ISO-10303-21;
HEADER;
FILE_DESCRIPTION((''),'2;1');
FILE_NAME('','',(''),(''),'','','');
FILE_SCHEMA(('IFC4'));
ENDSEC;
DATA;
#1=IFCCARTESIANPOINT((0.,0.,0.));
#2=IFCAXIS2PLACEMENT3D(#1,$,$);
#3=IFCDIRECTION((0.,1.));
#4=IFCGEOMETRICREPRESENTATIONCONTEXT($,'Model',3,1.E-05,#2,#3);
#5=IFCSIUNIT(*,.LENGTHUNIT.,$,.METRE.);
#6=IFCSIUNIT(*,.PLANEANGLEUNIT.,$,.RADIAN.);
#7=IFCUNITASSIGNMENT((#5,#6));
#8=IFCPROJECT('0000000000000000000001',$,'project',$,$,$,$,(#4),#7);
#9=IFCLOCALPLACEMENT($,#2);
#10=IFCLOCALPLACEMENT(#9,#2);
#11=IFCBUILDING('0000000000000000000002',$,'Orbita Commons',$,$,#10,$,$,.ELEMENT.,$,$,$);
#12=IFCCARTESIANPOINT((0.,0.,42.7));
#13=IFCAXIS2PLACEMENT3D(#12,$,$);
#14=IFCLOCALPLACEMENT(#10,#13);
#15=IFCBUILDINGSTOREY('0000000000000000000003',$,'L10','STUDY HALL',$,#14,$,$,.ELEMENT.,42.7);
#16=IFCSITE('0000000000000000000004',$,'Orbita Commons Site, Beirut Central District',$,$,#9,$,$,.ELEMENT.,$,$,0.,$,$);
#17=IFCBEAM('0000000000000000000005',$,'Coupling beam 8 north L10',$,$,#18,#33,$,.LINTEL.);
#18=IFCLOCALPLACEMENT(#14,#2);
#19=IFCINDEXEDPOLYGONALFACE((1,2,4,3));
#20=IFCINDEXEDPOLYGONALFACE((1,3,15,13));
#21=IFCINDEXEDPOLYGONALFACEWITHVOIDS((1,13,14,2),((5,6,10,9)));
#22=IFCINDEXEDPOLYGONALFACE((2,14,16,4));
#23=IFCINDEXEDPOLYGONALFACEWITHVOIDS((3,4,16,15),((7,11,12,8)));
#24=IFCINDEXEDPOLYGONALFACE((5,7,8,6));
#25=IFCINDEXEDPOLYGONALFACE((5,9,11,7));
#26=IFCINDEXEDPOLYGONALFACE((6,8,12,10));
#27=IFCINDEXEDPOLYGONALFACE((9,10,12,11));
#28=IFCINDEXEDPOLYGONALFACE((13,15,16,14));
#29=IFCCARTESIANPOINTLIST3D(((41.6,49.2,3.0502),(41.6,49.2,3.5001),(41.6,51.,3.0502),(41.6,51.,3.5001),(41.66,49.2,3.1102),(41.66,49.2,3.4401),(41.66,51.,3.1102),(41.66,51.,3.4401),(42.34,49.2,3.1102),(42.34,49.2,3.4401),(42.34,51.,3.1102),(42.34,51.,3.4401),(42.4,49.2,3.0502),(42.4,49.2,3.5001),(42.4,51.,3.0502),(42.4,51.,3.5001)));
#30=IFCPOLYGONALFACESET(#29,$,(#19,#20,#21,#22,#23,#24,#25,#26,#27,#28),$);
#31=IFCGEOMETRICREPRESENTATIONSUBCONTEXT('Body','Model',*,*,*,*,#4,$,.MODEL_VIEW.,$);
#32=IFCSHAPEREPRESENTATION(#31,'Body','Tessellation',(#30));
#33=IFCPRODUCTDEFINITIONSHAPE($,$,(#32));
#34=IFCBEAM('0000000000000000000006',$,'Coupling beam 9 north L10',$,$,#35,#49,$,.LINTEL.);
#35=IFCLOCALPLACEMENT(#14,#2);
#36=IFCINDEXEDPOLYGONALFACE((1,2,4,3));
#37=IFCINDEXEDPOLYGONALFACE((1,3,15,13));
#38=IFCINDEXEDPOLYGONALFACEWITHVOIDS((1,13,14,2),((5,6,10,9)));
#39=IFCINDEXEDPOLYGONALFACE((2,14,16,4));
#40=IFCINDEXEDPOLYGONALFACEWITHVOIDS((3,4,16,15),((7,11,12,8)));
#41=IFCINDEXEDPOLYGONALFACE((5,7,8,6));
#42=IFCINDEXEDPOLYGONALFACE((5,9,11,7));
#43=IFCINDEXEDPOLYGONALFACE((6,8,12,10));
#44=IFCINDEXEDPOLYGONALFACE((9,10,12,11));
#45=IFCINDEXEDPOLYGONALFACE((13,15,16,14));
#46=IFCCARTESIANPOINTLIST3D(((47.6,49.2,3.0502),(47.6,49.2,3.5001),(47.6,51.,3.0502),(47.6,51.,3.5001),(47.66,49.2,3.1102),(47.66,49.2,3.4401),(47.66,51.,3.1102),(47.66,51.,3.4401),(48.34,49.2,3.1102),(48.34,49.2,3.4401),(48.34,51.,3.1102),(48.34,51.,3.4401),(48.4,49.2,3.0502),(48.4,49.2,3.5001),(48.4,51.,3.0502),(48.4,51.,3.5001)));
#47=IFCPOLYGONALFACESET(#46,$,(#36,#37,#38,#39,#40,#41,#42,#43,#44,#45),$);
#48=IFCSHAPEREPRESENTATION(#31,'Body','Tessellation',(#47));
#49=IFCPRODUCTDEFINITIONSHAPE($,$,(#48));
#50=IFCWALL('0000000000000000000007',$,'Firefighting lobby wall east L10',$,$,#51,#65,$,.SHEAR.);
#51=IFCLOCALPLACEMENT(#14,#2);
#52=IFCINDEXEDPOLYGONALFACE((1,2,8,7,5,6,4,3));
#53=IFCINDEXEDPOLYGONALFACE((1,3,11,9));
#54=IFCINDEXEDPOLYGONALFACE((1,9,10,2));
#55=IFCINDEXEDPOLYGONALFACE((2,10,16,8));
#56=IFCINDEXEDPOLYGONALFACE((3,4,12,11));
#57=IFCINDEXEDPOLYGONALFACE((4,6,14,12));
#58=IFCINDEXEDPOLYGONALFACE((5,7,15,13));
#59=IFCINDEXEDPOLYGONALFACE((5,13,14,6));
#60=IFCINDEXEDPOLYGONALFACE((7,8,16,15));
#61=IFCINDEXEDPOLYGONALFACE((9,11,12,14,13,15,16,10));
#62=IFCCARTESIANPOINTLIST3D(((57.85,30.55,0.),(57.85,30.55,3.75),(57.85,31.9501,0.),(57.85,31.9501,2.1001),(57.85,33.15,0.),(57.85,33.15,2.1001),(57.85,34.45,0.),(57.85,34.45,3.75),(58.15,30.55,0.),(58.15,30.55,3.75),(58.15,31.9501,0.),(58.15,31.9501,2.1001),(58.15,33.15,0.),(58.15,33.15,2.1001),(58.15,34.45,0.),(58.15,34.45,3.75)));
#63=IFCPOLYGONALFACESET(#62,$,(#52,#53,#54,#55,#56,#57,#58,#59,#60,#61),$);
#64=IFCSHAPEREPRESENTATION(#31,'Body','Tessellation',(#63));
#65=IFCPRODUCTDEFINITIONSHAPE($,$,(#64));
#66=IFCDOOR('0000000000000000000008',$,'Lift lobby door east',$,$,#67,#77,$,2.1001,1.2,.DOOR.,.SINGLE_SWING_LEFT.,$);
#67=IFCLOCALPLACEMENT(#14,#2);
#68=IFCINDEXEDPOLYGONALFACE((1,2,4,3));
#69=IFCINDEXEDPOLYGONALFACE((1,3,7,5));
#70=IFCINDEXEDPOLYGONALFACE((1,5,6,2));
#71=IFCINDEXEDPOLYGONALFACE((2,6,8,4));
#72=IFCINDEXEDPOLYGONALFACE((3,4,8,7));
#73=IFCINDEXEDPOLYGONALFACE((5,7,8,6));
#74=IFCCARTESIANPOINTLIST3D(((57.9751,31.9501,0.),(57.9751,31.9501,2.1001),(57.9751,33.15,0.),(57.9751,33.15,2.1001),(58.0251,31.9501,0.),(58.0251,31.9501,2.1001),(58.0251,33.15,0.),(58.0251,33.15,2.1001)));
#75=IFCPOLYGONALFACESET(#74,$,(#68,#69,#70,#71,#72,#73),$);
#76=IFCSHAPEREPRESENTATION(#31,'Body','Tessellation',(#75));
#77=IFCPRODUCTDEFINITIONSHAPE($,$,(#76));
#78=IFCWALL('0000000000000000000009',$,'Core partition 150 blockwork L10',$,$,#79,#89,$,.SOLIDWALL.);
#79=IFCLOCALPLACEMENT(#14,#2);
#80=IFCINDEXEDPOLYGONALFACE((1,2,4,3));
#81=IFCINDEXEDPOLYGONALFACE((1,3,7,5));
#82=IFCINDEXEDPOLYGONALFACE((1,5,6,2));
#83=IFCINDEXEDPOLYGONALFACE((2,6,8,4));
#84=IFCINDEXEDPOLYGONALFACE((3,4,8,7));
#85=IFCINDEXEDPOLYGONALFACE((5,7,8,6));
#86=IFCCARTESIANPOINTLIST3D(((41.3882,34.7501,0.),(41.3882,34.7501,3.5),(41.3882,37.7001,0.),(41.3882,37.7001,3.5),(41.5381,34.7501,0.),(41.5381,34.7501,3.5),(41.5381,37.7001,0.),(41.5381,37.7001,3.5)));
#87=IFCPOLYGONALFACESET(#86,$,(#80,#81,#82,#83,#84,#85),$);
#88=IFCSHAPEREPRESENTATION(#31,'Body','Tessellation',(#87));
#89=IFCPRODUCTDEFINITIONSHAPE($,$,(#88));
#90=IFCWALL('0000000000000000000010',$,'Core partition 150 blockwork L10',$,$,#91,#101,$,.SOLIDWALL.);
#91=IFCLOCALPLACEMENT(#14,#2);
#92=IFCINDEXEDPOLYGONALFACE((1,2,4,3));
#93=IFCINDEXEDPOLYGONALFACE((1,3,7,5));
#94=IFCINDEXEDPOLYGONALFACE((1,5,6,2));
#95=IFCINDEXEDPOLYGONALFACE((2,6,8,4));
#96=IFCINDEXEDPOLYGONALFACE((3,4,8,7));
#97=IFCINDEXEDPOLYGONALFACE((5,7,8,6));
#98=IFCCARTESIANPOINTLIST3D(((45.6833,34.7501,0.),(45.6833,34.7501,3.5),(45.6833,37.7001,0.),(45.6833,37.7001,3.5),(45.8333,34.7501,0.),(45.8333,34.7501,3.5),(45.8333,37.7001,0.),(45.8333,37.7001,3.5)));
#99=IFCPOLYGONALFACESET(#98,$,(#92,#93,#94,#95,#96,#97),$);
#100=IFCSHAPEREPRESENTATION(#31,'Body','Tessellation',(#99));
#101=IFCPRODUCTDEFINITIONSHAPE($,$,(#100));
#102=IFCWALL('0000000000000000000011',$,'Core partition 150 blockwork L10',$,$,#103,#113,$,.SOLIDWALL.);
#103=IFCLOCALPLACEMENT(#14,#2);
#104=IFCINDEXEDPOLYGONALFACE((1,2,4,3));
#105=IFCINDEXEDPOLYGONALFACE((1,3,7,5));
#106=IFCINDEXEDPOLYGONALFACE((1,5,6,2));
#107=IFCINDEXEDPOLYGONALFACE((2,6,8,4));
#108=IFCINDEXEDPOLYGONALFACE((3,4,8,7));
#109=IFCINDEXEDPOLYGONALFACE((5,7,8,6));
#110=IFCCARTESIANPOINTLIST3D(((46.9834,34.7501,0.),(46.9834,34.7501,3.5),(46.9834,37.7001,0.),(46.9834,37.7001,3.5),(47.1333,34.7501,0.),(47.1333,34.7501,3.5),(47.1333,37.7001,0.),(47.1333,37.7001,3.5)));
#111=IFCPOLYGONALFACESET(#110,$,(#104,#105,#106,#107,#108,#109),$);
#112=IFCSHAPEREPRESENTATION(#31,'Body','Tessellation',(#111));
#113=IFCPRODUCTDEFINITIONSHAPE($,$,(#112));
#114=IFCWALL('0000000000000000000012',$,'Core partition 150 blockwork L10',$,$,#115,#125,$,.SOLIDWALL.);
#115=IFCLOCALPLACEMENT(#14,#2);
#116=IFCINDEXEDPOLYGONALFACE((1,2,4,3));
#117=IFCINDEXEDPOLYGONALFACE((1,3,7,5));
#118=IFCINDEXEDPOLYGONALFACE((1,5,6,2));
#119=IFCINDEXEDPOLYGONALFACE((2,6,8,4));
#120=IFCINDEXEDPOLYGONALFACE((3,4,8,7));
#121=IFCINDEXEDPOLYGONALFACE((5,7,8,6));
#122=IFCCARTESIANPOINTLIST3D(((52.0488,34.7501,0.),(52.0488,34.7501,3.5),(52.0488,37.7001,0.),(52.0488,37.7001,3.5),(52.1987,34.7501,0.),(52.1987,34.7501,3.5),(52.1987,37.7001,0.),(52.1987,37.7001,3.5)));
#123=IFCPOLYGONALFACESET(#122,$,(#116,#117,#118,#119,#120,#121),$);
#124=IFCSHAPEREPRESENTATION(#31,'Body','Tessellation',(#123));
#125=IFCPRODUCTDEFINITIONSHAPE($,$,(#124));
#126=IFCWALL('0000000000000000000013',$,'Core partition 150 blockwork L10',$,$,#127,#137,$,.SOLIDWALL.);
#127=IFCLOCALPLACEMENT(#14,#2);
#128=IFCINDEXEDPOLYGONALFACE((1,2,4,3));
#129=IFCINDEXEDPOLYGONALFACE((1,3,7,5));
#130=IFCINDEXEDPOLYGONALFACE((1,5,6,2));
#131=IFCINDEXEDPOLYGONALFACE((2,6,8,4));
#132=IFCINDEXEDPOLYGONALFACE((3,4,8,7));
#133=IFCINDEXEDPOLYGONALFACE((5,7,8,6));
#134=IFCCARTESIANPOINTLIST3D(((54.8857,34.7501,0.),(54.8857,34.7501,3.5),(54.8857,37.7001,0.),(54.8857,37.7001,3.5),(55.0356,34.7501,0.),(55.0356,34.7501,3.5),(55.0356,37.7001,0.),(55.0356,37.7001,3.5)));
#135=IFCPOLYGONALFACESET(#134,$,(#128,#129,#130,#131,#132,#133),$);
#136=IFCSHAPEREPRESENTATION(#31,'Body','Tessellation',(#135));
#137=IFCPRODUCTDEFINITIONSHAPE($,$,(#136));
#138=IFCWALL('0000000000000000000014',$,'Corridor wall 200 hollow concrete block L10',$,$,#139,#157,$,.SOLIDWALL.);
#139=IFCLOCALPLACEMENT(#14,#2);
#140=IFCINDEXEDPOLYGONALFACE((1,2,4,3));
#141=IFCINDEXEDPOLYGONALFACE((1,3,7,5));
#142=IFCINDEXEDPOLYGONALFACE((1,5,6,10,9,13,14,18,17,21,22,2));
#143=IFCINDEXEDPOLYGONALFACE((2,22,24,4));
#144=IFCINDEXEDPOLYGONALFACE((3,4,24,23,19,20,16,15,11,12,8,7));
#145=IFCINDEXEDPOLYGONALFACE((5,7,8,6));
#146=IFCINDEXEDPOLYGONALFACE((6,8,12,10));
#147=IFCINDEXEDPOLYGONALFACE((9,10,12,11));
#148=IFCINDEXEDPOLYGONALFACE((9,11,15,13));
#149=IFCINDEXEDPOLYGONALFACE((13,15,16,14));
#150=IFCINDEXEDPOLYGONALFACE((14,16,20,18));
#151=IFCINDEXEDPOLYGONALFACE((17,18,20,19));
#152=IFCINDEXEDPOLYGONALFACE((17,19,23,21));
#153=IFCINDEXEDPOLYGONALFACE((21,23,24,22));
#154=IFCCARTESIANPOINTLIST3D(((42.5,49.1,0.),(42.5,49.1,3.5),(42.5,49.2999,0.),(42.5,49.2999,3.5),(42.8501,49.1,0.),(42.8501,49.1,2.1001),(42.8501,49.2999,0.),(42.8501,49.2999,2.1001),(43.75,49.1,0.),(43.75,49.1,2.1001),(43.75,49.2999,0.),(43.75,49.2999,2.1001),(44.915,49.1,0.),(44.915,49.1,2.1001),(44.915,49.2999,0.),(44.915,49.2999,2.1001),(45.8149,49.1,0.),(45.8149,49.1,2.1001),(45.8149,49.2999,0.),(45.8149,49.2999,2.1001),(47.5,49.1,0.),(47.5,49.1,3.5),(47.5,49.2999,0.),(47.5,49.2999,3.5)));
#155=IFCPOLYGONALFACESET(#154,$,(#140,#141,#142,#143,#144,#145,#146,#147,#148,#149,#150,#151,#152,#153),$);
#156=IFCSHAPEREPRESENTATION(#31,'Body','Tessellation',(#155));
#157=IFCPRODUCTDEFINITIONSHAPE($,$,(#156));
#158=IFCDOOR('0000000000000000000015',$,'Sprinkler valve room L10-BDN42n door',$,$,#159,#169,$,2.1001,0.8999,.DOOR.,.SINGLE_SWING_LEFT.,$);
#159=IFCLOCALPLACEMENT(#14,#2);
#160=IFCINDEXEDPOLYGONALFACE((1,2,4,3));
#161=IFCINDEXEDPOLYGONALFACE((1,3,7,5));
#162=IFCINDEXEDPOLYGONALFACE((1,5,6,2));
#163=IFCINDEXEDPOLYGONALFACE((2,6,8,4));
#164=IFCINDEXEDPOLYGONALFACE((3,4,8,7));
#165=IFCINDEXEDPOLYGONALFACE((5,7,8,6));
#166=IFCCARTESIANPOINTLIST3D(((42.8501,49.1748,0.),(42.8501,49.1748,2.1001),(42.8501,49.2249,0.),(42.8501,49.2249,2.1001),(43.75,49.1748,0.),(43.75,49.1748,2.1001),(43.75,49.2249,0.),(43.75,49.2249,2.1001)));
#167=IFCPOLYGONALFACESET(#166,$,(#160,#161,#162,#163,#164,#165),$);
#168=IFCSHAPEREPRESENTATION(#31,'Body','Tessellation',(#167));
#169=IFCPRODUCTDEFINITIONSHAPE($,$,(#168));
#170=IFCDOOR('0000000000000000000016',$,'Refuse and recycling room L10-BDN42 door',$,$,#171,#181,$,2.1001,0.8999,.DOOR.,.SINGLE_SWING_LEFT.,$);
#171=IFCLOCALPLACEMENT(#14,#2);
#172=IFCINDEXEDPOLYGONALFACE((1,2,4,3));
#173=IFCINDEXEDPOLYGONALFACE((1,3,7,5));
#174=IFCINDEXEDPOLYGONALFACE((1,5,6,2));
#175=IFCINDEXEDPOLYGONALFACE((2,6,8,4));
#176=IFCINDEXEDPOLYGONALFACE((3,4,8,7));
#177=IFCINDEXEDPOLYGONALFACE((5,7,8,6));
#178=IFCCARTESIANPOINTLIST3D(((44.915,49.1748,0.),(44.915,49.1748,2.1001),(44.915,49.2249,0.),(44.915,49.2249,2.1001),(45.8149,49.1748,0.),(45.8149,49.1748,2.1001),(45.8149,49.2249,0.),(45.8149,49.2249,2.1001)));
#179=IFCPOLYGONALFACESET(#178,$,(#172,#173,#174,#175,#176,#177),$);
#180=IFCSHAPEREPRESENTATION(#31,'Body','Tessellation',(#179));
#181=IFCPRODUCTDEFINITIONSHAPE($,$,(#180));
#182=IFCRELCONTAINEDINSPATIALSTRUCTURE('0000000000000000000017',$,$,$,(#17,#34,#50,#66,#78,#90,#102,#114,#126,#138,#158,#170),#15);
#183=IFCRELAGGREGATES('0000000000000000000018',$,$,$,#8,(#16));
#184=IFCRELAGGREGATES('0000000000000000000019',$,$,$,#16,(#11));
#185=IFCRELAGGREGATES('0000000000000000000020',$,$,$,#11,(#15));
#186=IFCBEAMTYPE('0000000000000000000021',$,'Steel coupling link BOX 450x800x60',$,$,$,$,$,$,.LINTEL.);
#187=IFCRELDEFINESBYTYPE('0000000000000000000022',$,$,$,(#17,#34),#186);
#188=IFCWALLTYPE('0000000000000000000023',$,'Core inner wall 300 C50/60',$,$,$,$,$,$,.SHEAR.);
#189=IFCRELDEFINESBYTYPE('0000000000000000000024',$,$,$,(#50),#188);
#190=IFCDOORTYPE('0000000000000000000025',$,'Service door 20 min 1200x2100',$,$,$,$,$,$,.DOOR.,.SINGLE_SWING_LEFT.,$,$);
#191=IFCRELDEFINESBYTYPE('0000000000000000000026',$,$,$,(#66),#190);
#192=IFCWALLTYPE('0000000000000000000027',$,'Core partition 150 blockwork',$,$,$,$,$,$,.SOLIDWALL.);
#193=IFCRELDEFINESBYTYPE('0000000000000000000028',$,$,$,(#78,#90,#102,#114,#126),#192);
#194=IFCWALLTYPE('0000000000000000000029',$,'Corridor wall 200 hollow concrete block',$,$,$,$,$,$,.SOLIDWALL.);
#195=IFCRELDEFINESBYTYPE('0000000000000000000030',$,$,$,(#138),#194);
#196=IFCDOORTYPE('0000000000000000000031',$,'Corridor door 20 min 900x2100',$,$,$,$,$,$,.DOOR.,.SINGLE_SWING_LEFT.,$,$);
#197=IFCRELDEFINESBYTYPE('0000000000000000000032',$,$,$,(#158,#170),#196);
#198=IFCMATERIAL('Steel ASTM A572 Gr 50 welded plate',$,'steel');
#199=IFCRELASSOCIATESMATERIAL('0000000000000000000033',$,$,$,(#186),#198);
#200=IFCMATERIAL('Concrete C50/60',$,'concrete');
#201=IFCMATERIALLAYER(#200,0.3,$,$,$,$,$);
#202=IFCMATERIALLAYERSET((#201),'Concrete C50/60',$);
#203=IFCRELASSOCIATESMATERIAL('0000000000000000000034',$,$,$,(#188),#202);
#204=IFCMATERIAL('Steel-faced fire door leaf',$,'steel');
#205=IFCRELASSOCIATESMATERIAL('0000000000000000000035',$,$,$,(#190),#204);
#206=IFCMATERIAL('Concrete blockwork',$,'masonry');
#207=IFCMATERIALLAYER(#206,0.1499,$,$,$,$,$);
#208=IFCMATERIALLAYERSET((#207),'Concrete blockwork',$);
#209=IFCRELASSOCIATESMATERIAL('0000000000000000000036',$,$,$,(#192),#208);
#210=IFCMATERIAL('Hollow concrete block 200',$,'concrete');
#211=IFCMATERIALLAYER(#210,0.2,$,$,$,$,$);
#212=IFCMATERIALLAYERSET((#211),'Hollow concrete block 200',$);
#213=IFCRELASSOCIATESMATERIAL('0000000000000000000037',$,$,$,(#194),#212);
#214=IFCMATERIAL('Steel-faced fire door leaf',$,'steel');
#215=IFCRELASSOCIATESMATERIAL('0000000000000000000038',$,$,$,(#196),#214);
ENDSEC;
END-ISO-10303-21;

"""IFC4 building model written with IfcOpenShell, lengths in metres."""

from ifc_helpers import new_model, si_unit, direction, frame, frame_2d, origin, origin_2d, place, context, subcontext, project, spatial, rectangle, hollow_rectangle, extrude, material, layer, layer_set, material_profile, profile_set, type_object, element, fill, save


model = new_model("IFC4")

# Units and contexts
model_context = context("Model", 3, precision=1e-05, world=origin(), true_north=direction((0.0, 1.0)))
body_context = subcontext(model_context, "Body", "Model", "MODEL_VIEW")
ifc_project = project(units=[si_unit("LENGTHUNIT", "METRE"), si_unit("PLANEANGLEUNIT", "RADIAN")], contexts=[model_context])

# Site, building, storey
site_placement = place(None, origin())
site = spatial("IfcSite", under=ifc_project, at=site_placement, Name="Orbita Commons Site, Beirut Central District", CompositionType="ELEMENT", RefElevation=0.0)
building_placement = place(site_placement, origin())
building = spatial("IfcBuilding", under=site, at=building_placement, Name="Orbita Commons", CompositionType="ELEMENT")
storey_placement = place(building_placement, frame((0.0, 0.0, 42.7)))
storey = spatial("IfcBuildingStorey", under=building, at=storey_placement, Name="L10", Description="STUDY HALL", CompositionType="ELEMENT", Elevation=42.7)

# Beams
ifc_material_1 = material(Name="Steel ASTM A572 Gr 50 welded plate", Category="steel")
ifc_material_profile = material_profile(ifc_material_1, hollow_rectangle(XDim=0.8, YDim=0.45, WallThickness=0.0601, at=origin_2d()), Name="BOX 450x800x60")
ifc_profile_set = profile_set([ifc_material_profile], Name="Steel ASTM A572 Gr 50 welded plate")
beam_type = type_object("IfcBeamType", Name="Steel coupling link BOX 450x800x60", PredefinedType="LINTEL", material=ifc_profile_set)
for number, where, z_axis, x_axis, name in (
    (1, (42.0, 49.2, 3.2751), (0.0, 1.0, 0.0), (-1.0, 0.0, 0.0), "Coupling beam 8 north L10"),
    (2, (48.0, 49.2, 3.2751), (0.0, 1.0, 0.0), (-1.0, 0.0, 0.0), "Coupling beam 9 north L10"),
):
    element("IfcBeam", number, at=place(storey_placement, frame(where, z_axis=z_axis, x_axis=x_axis)), inside=storey, type_object=beam_type, Name=name, PredefinedType="LINTEL", context=body_context, shape_type="SweptSolid", body=[
        extrude(hollow_rectangle(XDim=0.8, YDim=0.45, WallThickness=0.0601, at=origin_2d()), origin(), (0.0, 0.0, 1.0), 1.8),
    ])

# Wall, opening, door
ifc_material_2 = material(Name="Concrete C50/60", Category="concrete")
ifc_layer_1 = layer(ifc_material_2, 0.3)
ifc_layer_set_1 = layer_set([ifc_layer_1], Name="Concrete C50/60")
wall_type_1 = type_object("IfcWallType", Name="Core inner wall 300 C50/60", PredefinedType="SHEAR", material=ifc_layer_set_1)
wall_1_placement = place(storey_placement, frame((58.0, 30.55, 0.0), z_axis=(0.0, 0.0, 1.0), x_axis=(0.0, 1.0, 0.0)))
wall_1 = element("IfcWall", 3, at=wall_1_placement, inside=storey, type_object=wall_type_1, Name="Firefighting lobby wall east L10", PredefinedType="SHEAR", context=body_context, shape_type="SweptSolid", body=[
    extrude(rectangle(XDim=3.8999, YDim=0.3, at=frame_2d((1.95, 0.0))), origin(), (0.0, 0.0, 1.0), 3.75),
])
opening_1_placement = place(wall_1_placement, frame((1.3999, 0.0, 0.0)))
opening_1 = element("IfcOpeningElement", 4, at=opening_1_placement, cuts=wall_1, PredefinedType="OPENING", context=body_context, shape_type="SweptSolid", body=[
    extrude(rectangle(XDim=1.2, YDim=2.1001, at=frame_2d((0.6001, 1.05))), frame((0.0, 0.1599, 0.0), z_axis=(0.0, -1.0, 0.0), x_axis=(1.0, 0.0, 0.0)), (0.0, 0.0, 1.0), 0.3201),
])
ifc_material_3 = material(Name="Steel-faced fire door leaf", Category="steel")
door_type_1 = type_object("IfcDoorType", Name="Service door 20 min 1200x2100", OperationType="SINGLE_SWING_LEFT", PredefinedType="DOOR", material=ifc_material_3)
door_1_placement = place(opening_1_placement, origin())
door_1 = element("IfcDoor", 5, at=door_1_placement, inside=storey, type_object=door_type_1, Name="Lift lobby door east", OperationType="SINGLE_SWING_LEFT", OverallHeight=2.1001, OverallWidth=1.2, PredefinedType="DOOR", context=body_context, shape_type="SweptSolid", body=[
    extrude(rectangle(XDim=1.2, YDim=2.1001, at=frame_2d((0.6001, 1.05))), frame((0.0, 0.0249, 0.0), z_axis=(0.0, -1.0, 0.0), x_axis=(1.0, 0.0, 0.0)), (0.0, 0.0, 1.0), 0.05),
])
fill(opening_1, door_1)

# Walls
ifc_material_4 = material(Name="Concrete blockwork", Category="masonry")
ifc_layer_2 = layer(ifc_material_4, 0.1499)
ifc_layer_set_2 = layer_set([ifc_layer_2], Name="Concrete blockwork")
wall_type_2 = type_object("IfcWallType", Name="Core partition 150 blockwork", PredefinedType="SOLIDWALL", material=ifc_layer_set_2)
for number, where, z_axis, x_axis, name in (
    (6, (41.4631, 34.75, 0.0), (0.0, 0.0, 1.0), (0.0, 1.0, 0.0), "Core partition 150 blockwork L10"),
    (7, (45.7583, 34.75, 0.0), (0.0, 0.0, 1.0), (0.0, 1.0, 0.0), "Core partition 150 blockwork L10"),
    (8, (47.0583, 34.75, 0.0), (0.0, 0.0, 1.0), (0.0, 1.0, 0.0), "Core partition 150 blockwork L10"),
    (9, (52.1238, 34.75, 0.0), (0.0, 0.0, 1.0), (0.0, 1.0, 0.0), "Core partition 150 blockwork L10"),
    (10, (54.9607, 34.75, 0.0), (0.0, 0.0, 1.0), (0.0, 1.0, 0.0), "Core partition 150 blockwork L10"),
):
    element("IfcWall", number, at=place(storey_placement, frame(where, z_axis=z_axis, x_axis=x_axis)), inside=storey, type_object=wall_type_2, Name=name, PredefinedType="SOLIDWALL", context=body_context, shape_type="SweptSolid", body=[
        extrude(rectangle(XDim=2.95, YDim=0.1499, at=frame_2d((1.4751, 0.0))), origin(), (0.0, 0.0, 1.0), 3.5),
    ])

# Wall, openings, doors
ifc_material_5 = material(Name="Hollow concrete block 200", Category="concrete")
ifc_layer_3 = layer(ifc_material_5, 0.2)
ifc_layer_set_3 = layer_set([ifc_layer_3], Name="Hollow concrete block 200")
wall_type_3 = type_object("IfcWallType", Name="Corridor wall 200 hollow concrete block", PredefinedType="SOLIDWALL", material=ifc_layer_set_3)
wall_2_placement = place(storey_placement, frame((42.5, 49.2, 0.0), z_axis=(0.0, 0.0, 1.0), x_axis=(1.0, 0.0, 0.0)))
wall_2 = element("IfcWall", 11, at=wall_2_placement, inside=storey, type_object=wall_type_3, Name="Corridor wall 200 hollow concrete block L10", PredefinedType="SOLIDWALL", context=body_context, shape_type="SweptSolid", body=[
    extrude(rectangle(XDim=5.0, YDim=0.2, at=frame_2d((2.5, 0.0))), origin(), (0.0, 0.0, 1.0), 3.5),
])
opening_2_placement = place(wall_2_placement, frame((0.3501, 0.0, 0.0)))
opening_2 = element("IfcOpeningElement", 12, at=opening_2_placement, cuts=wall_2, PredefinedType="OPENING", context=body_context, shape_type="SweptSolid", body=[
    extrude(rectangle(XDim=0.8999, YDim=2.1001, at=frame_2d((0.45, 1.05))), frame((0.0, 0.1099, 0.0), z_axis=(0.0, -1.0, 0.0), x_axis=(1.0, 0.0, 0.0)), (0.0, 0.0, 1.0), 0.22),
])
opening_3_placement = place(wall_2_placement, frame((2.415, 0.0, 0.0)))
opening_3 = element("IfcOpeningElement", 13, at=opening_3_placement, cuts=wall_2, PredefinedType="OPENING", context=body_context, shape_type="SweptSolid", body=[
    extrude(rectangle(XDim=0.8999, YDim=2.1001, at=frame_2d((0.45, 1.05))), frame((0.0, 0.1099, 0.0), z_axis=(0.0, -1.0, 0.0), x_axis=(1.0, 0.0, 0.0)), (0.0, 0.0, 1.0), 0.22),
])
ifc_material_6 = material(Name="Steel-faced fire door leaf", Category="steel")
door_type_2 = type_object("IfcDoorType", Name="Corridor door 20 min 900x2100", OperationType="SINGLE_SWING_LEFT", PredefinedType="DOOR", material=ifc_material_6)
door_2_placement = place(opening_2_placement, origin())
door_2 = element("IfcDoor", 14, at=door_2_placement, inside=storey, type_object=door_type_2, Name="Sprinkler valve room L10-BDN42n door", OperationType="SINGLE_SWING_LEFT", OverallHeight=2.1001, OverallWidth=0.8999, PredefinedType="DOOR", context=body_context, shape_type="SweptSolid", body=[
    extrude(rectangle(XDim=0.8999, YDim=2.1001, at=frame_2d((0.45, 1.05))), frame((0.0, 0.0249, 0.0), z_axis=(0.0, -1.0, 0.0), x_axis=(1.0, 0.0, 0.0)), (0.0, 0.0, 1.0), 0.05),
])
fill(opening_2, door_2)
door_3_placement = place(opening_3_placement, origin())
door_3 = element("IfcDoor", 15, at=door_3_placement, inside=storey, type_object=door_type_2, Name="Refuse and recycling room L10-BDN42 door", OperationType="SINGLE_SWING_LEFT", OverallHeight=2.1001, OverallWidth=0.8999, PredefinedType="DOOR", context=body_context, shape_type="SweptSolid", body=[
    extrude(rectangle(XDim=0.8999, YDim=2.1001, at=frame_2d((0.45, 1.05))), frame((0.0, 0.0249, 0.0), z_axis=(0.0, -1.0, 0.0), x_axis=(1.0, 0.0, 0.0)), (0.0, 0.0, 1.0), 0.05),
])
fill(opening_3, door_3)

save(model, "model.ifc")
